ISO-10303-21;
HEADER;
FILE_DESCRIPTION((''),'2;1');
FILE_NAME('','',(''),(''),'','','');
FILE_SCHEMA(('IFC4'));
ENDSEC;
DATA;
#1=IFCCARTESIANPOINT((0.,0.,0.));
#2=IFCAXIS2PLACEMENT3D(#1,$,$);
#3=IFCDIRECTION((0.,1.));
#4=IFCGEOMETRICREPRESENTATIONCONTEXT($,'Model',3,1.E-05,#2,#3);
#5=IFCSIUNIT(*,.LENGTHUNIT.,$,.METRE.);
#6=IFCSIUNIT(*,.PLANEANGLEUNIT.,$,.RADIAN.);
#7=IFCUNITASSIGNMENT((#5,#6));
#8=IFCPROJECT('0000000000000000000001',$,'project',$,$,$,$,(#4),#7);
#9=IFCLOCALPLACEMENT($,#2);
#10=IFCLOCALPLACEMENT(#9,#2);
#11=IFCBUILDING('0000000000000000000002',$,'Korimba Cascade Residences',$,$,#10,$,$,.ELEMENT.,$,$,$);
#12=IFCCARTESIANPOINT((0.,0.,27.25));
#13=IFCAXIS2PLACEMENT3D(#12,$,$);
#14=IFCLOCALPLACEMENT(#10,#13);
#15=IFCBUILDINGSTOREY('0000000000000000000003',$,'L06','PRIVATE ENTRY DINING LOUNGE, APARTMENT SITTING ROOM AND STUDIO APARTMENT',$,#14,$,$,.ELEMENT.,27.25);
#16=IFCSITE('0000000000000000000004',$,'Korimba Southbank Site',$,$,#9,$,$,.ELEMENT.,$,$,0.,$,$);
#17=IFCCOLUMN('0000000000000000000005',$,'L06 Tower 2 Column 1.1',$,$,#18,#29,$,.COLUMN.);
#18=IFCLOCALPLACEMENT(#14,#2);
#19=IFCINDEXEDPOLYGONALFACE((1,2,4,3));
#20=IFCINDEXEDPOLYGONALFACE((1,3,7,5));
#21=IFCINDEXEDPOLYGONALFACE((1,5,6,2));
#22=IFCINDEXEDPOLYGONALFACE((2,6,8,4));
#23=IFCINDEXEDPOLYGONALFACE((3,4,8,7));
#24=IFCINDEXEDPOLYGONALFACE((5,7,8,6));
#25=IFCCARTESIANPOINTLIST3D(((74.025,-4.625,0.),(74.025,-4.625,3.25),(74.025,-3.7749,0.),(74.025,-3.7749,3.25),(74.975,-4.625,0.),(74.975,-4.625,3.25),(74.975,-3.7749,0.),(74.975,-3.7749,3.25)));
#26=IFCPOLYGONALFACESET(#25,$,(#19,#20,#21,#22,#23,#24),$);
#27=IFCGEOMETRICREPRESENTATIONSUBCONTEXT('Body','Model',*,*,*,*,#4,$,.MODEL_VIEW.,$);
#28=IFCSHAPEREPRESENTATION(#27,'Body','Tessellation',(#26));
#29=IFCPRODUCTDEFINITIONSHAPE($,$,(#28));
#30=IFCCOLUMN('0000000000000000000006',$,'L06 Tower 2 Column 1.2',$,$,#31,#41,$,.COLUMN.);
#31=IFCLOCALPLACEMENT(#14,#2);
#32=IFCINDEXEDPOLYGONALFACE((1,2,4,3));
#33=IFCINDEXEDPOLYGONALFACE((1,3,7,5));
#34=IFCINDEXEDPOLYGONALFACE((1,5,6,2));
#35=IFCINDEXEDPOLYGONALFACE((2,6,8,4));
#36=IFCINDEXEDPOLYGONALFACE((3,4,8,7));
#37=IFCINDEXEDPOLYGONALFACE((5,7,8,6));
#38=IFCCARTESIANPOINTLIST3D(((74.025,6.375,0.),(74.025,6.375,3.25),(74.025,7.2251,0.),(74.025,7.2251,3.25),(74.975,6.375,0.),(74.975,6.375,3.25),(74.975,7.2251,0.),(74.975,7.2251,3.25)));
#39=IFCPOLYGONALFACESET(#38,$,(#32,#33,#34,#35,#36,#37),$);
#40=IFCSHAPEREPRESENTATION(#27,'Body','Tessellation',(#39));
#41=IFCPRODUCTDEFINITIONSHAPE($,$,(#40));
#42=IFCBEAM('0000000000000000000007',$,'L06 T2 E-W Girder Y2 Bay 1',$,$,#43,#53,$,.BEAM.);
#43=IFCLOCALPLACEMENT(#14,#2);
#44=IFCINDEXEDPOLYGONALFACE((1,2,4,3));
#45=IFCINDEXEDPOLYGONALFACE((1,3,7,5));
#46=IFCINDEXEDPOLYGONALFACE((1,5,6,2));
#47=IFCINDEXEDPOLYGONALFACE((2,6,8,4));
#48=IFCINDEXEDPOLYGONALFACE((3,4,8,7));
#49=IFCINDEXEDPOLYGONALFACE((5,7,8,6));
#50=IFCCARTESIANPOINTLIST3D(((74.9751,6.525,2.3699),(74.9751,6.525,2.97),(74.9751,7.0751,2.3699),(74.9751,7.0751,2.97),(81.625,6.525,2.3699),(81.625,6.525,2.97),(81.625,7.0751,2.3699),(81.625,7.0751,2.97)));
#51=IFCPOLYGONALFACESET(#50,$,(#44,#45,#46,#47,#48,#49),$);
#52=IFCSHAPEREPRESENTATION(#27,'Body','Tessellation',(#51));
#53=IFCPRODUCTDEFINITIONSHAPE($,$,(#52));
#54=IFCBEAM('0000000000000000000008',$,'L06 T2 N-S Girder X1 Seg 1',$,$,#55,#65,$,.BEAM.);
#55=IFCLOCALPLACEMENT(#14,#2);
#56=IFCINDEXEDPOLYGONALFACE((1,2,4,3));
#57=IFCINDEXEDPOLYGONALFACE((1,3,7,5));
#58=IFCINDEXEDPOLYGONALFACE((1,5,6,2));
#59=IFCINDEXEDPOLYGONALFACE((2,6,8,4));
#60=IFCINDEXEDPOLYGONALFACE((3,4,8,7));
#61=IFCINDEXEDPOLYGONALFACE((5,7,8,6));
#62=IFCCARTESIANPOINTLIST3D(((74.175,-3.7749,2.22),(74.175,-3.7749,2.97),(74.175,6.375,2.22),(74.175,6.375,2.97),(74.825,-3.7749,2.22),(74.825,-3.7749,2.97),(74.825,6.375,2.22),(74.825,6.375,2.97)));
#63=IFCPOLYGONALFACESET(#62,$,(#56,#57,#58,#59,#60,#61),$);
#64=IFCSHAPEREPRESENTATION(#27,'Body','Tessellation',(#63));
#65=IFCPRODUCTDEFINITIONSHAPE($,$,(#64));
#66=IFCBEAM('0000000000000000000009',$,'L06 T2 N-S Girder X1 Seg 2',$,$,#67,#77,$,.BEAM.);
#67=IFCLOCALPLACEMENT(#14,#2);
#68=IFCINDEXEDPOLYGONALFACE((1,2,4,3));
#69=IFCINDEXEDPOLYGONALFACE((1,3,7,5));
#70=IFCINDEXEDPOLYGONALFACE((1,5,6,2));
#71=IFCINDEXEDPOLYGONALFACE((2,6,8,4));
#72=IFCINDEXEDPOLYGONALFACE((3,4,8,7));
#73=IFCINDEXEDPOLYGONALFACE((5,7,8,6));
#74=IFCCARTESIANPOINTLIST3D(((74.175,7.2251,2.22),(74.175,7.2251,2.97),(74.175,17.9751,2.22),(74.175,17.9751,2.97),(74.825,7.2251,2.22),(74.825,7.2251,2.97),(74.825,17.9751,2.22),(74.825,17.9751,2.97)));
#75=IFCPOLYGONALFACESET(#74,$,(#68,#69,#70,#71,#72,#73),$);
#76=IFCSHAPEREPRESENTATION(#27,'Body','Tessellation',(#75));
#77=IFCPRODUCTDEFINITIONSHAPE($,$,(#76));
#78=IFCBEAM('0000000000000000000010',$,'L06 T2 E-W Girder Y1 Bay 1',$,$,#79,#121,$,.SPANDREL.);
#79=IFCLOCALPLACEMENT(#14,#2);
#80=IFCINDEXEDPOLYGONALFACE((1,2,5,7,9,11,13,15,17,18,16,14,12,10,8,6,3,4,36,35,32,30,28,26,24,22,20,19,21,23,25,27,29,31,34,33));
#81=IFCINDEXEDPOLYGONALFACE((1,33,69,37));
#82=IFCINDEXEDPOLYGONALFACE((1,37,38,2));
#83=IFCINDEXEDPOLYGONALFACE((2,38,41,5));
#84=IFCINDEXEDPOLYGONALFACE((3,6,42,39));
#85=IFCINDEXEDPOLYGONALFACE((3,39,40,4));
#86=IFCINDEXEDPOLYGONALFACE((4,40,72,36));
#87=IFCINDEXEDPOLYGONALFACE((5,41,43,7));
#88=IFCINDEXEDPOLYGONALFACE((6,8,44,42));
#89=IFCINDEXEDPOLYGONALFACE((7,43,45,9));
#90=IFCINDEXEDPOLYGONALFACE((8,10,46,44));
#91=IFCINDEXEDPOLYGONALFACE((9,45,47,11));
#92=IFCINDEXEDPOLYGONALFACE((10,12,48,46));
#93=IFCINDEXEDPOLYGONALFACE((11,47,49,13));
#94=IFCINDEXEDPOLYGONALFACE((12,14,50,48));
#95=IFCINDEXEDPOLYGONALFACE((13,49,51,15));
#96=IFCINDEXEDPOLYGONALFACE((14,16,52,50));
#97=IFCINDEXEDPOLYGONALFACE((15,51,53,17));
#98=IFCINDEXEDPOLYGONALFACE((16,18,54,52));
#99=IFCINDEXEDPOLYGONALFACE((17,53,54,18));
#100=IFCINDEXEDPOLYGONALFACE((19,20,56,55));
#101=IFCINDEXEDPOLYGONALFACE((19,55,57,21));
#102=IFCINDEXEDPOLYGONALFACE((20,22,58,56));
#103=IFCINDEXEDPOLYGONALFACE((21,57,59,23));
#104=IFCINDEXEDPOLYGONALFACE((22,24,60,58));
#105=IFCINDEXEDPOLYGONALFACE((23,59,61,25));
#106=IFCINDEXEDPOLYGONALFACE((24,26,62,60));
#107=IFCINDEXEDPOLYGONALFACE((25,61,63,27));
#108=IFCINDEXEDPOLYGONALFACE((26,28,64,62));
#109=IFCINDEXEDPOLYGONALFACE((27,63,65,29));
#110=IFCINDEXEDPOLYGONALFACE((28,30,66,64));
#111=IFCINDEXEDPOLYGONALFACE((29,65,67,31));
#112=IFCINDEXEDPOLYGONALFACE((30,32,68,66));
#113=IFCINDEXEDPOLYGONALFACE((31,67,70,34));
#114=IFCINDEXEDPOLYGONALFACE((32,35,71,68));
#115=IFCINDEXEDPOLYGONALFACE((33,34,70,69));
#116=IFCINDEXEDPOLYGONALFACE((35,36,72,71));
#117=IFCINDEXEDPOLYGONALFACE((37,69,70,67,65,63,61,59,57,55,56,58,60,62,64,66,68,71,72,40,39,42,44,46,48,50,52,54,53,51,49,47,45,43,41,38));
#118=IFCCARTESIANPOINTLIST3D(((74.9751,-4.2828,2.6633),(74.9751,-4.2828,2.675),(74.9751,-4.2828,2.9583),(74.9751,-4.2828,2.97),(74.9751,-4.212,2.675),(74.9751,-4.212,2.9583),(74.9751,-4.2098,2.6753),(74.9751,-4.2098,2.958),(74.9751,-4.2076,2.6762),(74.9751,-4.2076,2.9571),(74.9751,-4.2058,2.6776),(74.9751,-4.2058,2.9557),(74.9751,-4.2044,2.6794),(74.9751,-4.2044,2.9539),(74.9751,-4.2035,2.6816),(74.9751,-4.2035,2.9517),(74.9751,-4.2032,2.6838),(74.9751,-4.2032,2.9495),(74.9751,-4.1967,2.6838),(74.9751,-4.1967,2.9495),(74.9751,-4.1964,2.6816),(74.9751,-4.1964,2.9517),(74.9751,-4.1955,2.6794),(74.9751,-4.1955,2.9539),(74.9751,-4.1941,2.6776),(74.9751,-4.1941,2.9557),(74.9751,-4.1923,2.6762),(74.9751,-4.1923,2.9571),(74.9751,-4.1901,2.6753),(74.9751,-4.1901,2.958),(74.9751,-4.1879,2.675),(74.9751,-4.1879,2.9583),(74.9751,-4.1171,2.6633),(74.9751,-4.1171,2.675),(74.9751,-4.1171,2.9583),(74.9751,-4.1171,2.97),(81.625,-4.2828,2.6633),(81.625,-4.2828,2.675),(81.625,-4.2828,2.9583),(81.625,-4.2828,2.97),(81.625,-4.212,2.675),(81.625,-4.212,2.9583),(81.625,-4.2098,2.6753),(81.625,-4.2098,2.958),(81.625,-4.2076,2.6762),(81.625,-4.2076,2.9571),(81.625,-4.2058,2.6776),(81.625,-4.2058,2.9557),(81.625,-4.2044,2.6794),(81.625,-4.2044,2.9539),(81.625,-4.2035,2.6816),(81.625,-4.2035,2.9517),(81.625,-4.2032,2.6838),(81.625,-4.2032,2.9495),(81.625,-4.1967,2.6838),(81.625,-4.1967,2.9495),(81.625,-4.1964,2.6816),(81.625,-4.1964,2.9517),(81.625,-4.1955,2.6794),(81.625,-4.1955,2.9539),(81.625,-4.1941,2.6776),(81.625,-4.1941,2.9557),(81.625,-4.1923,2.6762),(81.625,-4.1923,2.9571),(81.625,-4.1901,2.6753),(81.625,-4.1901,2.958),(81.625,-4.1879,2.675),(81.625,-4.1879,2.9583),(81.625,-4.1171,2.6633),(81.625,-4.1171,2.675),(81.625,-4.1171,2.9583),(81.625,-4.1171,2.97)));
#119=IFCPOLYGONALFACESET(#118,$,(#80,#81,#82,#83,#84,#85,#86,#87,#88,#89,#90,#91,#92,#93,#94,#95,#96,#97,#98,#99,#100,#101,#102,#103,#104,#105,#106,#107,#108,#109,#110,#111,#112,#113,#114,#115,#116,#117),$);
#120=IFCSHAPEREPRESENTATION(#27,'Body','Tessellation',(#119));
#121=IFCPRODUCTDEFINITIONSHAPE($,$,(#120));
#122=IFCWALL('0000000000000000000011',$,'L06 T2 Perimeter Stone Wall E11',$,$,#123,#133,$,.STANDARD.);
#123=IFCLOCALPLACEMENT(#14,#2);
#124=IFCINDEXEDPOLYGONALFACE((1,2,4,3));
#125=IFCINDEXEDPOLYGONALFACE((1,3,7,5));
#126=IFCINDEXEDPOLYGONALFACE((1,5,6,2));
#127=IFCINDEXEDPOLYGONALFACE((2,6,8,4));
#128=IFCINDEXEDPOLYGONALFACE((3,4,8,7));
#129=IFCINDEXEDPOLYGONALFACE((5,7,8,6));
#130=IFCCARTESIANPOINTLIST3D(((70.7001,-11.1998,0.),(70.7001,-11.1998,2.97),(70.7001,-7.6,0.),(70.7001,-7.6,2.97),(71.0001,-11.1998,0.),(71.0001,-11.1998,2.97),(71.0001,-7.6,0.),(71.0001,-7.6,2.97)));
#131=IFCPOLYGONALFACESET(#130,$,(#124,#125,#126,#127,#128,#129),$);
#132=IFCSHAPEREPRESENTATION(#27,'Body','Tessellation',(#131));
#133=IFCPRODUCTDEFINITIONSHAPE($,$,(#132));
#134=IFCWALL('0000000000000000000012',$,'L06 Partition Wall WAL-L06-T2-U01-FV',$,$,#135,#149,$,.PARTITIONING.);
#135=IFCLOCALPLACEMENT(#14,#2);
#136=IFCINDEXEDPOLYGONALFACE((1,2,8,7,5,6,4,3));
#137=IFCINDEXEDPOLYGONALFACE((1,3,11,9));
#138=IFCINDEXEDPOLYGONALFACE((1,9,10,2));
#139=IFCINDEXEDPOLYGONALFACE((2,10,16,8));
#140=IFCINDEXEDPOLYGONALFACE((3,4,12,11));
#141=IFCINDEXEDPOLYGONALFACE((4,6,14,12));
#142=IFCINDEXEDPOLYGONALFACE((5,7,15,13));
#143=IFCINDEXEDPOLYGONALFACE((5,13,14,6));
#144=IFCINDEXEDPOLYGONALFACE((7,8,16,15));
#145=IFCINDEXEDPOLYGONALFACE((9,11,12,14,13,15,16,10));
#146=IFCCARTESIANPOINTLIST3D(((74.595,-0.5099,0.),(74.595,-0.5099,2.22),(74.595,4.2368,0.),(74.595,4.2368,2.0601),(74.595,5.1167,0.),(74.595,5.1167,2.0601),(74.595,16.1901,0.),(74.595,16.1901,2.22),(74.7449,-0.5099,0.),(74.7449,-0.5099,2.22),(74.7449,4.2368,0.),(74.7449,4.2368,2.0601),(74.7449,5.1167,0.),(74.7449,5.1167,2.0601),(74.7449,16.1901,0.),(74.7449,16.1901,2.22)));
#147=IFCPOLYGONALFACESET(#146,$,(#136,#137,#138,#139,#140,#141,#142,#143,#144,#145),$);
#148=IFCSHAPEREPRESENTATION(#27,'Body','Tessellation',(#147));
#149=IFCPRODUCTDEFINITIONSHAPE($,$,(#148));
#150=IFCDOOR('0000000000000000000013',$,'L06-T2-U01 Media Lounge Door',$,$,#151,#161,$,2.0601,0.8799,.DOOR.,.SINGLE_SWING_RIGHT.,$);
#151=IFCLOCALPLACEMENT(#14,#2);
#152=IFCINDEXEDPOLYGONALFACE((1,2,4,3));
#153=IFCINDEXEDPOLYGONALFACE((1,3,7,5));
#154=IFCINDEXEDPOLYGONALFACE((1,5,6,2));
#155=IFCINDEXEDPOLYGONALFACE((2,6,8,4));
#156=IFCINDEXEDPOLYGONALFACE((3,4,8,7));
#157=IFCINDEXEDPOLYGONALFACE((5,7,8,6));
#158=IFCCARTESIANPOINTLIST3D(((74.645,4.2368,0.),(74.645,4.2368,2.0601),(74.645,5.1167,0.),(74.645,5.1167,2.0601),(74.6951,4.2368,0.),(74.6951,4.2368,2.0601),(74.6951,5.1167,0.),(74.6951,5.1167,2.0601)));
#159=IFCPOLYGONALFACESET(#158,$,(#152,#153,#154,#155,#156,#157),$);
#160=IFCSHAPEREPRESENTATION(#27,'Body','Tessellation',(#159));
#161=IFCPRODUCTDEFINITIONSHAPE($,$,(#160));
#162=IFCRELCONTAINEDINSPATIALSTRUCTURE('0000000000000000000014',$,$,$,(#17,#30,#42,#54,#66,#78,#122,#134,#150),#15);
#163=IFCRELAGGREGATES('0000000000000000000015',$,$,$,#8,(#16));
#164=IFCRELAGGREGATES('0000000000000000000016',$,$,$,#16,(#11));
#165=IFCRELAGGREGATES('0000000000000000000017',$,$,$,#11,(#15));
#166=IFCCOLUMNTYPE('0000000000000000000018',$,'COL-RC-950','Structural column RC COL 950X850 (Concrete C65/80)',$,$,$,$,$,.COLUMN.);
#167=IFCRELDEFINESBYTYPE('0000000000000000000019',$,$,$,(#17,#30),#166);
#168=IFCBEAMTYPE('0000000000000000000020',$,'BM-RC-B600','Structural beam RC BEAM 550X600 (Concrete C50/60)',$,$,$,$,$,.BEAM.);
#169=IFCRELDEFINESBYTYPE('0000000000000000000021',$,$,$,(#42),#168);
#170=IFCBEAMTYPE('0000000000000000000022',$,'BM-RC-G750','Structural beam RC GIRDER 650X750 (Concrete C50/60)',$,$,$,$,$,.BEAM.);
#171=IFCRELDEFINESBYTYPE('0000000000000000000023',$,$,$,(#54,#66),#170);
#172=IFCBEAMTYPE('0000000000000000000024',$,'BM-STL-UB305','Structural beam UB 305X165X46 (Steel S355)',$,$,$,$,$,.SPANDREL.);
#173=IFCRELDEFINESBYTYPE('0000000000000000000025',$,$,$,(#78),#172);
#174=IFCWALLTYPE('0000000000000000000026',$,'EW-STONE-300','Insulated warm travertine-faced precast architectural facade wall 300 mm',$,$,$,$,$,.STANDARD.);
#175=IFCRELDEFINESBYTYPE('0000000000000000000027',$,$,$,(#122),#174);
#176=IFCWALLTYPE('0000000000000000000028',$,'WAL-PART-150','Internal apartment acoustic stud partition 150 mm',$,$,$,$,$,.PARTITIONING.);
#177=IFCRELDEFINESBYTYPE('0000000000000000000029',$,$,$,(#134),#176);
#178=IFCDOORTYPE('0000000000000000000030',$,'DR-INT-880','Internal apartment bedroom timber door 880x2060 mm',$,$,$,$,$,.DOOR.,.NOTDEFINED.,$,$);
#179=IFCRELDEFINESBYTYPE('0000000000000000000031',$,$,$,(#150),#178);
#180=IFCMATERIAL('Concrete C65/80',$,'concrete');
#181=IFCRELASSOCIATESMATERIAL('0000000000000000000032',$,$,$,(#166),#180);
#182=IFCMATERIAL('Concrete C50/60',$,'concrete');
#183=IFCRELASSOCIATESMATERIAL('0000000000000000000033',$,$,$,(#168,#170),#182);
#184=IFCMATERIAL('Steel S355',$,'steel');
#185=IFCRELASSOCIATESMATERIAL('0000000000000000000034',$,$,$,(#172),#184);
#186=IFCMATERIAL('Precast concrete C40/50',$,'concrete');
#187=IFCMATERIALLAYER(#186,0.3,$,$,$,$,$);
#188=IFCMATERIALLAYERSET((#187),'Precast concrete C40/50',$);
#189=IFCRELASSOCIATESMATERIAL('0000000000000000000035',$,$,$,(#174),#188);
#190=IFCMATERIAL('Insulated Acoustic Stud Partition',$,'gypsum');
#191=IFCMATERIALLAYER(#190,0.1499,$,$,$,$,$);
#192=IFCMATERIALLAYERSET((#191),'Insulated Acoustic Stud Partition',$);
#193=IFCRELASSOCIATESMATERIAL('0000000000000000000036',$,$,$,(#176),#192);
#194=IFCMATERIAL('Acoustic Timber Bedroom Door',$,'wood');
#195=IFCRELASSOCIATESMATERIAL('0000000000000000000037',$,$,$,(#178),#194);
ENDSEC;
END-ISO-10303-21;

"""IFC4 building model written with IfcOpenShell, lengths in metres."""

from ifc_helpers import new_model, si_unit, direction, frame, frame_2d, origin, origin_2d, place, context, subcontext, project, spatial, rectangle, i_section, extrude, material, layer, layer_set, material_profile, profile_set, type_object, element, fill, save


model = new_model("IFC4")

# Units and contexts
model_context = context("Model", 3, precision=1e-05, world=origin(), true_north=direction((0.0, 1.0)))
body_context = subcontext(model_context, "Body", "Model", "MODEL_VIEW")
ifc_project = project(units=[si_unit("LENGTHUNIT", "METRE"), si_unit("PLANEANGLEUNIT", "RADIAN")], contexts=[model_context])

# Site, building, storey
site_placement = place(None, origin())
site = spatial("IfcSite", under=ifc_project, at=site_placement, Name="Korimba Southbank Site", CompositionType="ELEMENT", RefElevation=0.0)
building_placement = place(site_placement, origin())
building = spatial("IfcBuilding", under=site, at=building_placement, Name="Korimba Cascade Residences", CompositionType="ELEMENT")
storey_placement = place(building_placement, frame((0.0, 0.0, 27.25)))
storey = spatial("IfcBuildingStorey", under=building, at=storey_placement, Name="L06", Description="PRIVATE ENTRY DINING LOUNGE, APARTMENT SITTING ROOM AND STUDIO APARTMENT", CompositionType="ELEMENT", Elevation=27.25)

# Columns
ifc_material_1 = material(Name="Concrete C65/80", Category="concrete")
ifc_material_profile_1 = material_profile(ifc_material_1, rectangle(XDim=0.95, YDim=0.8501, at=origin_2d()), Name="Concrete C65/80")
ifc_profile_set_1 = profile_set([ifc_material_profile_1], Name="Concrete C65/80")
column_type = type_object("IfcColumnType", Name="COL-RC-950", Description="Structural column RC COL 950X850 (Concrete C65/80)", PredefinedType="COLUMN", material=ifc_profile_set_1)
for number, where, z_axis, x_axis, name in (
    (1, (74.5, -4.2, 0.0), (0.0, 0.0, 1.0), (1.0, 0.0, 0.0), "L06 Tower 2 Column 1.1"),
    (2, (74.5, 6.8, 0.0), (0.0, 0.0, 1.0), (1.0, 0.0, 0.0), "L06 Tower 2 Column 1.2"),
):
    element("IfcColumn", number, at=place(storey_placement, frame(where, z_axis=z_axis, x_axis=x_axis)), inside=storey, type_object=column_type, Name=name, PredefinedType="COLUMN", context=body_context, shape_type="SweptSolid", body=[
        extrude(rectangle(XDim=0.95, YDim=0.8501, at=origin_2d()), origin(), (0.0, 0.0, 1.0), 3.25),
    ])

# Beams
ifc_material_2 = material(Name="Concrete C50/60", Category="concrete")
ifc_material_profile_2 = material_profile(ifc_material_2, rectangle(XDim=0.55, YDim=0.6001, at=origin_2d()), Name="Concrete C50/60")
ifc_profile_set_2 = profile_set([ifc_material_profile_2], Name="Concrete C50/60")
beam_type_1 = type_object("IfcBeamType", Name="BM-RC-B600", Description="Structural beam RC BEAM 550X600 (Concrete C50/60)", PredefinedType="BEAM", material=ifc_profile_set_2)
beam_1_placement = place(storey_placement, frame((74.9751, 6.8, 2.6699), z_axis=(1.0, 0.0, 0.0), x_axis=(0.0, 1.0, 0.0)))
element("IfcBeam", 3, at=beam_1_placement, inside=storey, type_object=beam_type_1, Name="L06 T2 E-W Girder Y2 Bay 1", PredefinedType="BEAM", context=body_context, shape_type="SweptSolid", body=[
    extrude(rectangle(XDim=0.55, YDim=0.6001, at=origin_2d()), origin(), (0.0, 0.0, 1.0), 6.6499),
])
ifc_material_profile_3 = material_profile(ifc_material_2, rectangle(XDim=0.6499, YDim=0.75, at=origin_2d()), Name="Concrete C50/60")
ifc_profile_set_3 = profile_set([ifc_material_profile_3], Name="Concrete C50/60")
beam_type_2 = type_object("IfcBeamType", Name="BM-RC-G750", Description="Structural beam RC GIRDER 650X750 (Concrete C50/60)", PredefinedType="BEAM", material=ifc_profile_set_3)
beam_2_placement = place(storey_placement, frame((74.5, -3.7749, 2.595), z_axis=(0.0, 1.0, 0.0), x_axis=(-1.0, 0.0, 0.0)))
element("IfcBeam", 4, at=beam_2_placement, inside=storey, type_object=beam_type_2, Name="L06 T2 N-S Girder X1 Seg 1", PredefinedType="BEAM", context=body_context, shape_type="SweptSolid", body=[
    extrude(rectangle(XDim=0.6499, YDim=0.75, at=origin_2d()), origin(), (0.0, 0.0, 1.0), 10.1499),
])
beam_3_placement = place(storey_placement, frame((74.5, 7.2251, 2.595), z_axis=(0.0, 1.0, 0.0), x_axis=(-1.0, 0.0, 0.0)))
element("IfcBeam", 5, at=beam_3_placement, inside=storey, type_object=beam_type_2, Name="L06 T2 N-S Girder X1 Seg 2", PredefinedType="BEAM", context=body_context, shape_type="SweptSolid", body=[
    extrude(rectangle(XDim=0.6499, YDim=0.75, at=origin_2d()), origin(), (0.0, 0.0, 1.0), 10.75),
])
ifc_material_3 = material(Name="Steel S355", Category="steel")
ifc_material_profile_4 = material_profile(ifc_material_3, i_section(OverallWidth=0.1658, OverallDepth=0.3066, WebThickness=0.0066, FlangeThickness=0.0117, FilletRadius=0.0088, at=origin_2d()), Name="Steel S355")
ifc_profile_set_4 = profile_set([ifc_material_profile_4], Name="Steel S355")
beam_type_3 = type_object("IfcBeamType", Name="BM-STL-UB305", Description="Structural beam UB 305X165X46 (Steel S355)", PredefinedType="SPANDREL", material=ifc_profile_set_4)
beam_4_placement = place(storey_placement, frame((74.9751, -4.2, 2.8167), z_axis=(1.0, 0.0, 0.0), x_axis=(0.0, 1.0, 0.0)))
element("IfcBeam", 6, at=beam_4_placement, inside=storey, type_object=beam_type_3, Name="L06 T2 E-W Girder Y1 Bay 1", PredefinedType="SPANDREL", context=body_context, shape_type="SweptSolid", body=[
    extrude(i_section(OverallWidth=0.1658, OverallDepth=0.3066, WebThickness=0.0066, FlangeThickness=0.0117, FilletRadius=0.0088, at=origin_2d()), origin(), (0.0, 0.0, 1.0), 6.6499),
])

# Wall
ifc_material_4 = material(Name="Precast concrete C40/50", Category="concrete")
ifc_layer_1 = layer(ifc_material_4, 0.3)
ifc_layer_set_1 = layer_set([ifc_layer_1], Name="Precast concrete C40/50")
wall_type_1 = type_object("IfcWallType", Name="EW-STONE-300", Description="Insulated warm travertine-faced precast architectural facade wall 300 mm", PredefinedType="STANDARD", material=ifc_layer_set_1)
wall_1_placement = place(storey_placement, frame((70.8501, -7.6001, 0.0), z_axis=(0.0, 0.0, 1.0), x_axis=(0.0, -1.0, 0.0)))
element("IfcWall", 7, at=wall_1_placement, inside=storey, type_object=wall_type_1, Name="L06 T2 Perimeter Stone Wall E11", PredefinedType="STANDARD", context=body_context, shape_type="SweptSolid", body=[
    extrude(rectangle(XDim=3.5999, YDim=0.3, at=frame_2d((1.7998, 0.0))), origin(), (0.0, 0.0, 1.0), 2.97),
])

# Wall, opening, door
ifc_material_5 = material(Name="Insulated Acoustic Stud Partition", Category="gypsum")
ifc_layer_2 = layer(ifc_material_5, 0.1499)
ifc_layer_set_2 = layer_set([ifc_layer_2], Name="Insulated Acoustic Stud Partition")
wall_type_2 = type_object("IfcWallType", Name="WAL-PART-150", Description="Internal apartment acoustic stud partition 150 mm", PredefinedType="PARTITIONING", material=ifc_layer_set_2)
wall_2_placement = place(storey_placement, frame((74.6699, -0.51, 0.0), z_axis=(0.0, 0.0, 1.0), x_axis=(0.0, 1.0, 0.0)))
wall_2 = element("IfcWall", 8, at=wall_2_placement, inside=storey, type_object=wall_type_2, Name="L06 Partition Wall WAL-L06-T2-U01-FV", PredefinedType="PARTITIONING", context=body_context, shape_type="SweptSolid", body=[
    extrude(rectangle(XDim=16.7, YDim=0.1499, at=frame_2d((8.3501, 0.0))), origin(), (0.0, 0.0, 1.0), 2.22),
])
opening_1_placement = place(wall_2_placement, frame((4.7468, 0.0, 0.0)))
opening_1 = element("IfcOpeningElement", 9, at=opening_1_placement, cuts=wall_2, PredefinedType="OPENING", context=body_context, shape_type="SweptSolid", body=[
    extrude(rectangle(XDim=0.8799, YDim=2.0601, at=frame_2d((0.4399, 1.03))), frame((0.0, 0.085, 0.0), z_axis=(0.0, -1.0, 0.0), x_axis=(1.0, 0.0, 0.0)), (0.0, 0.0, 1.0), 0.1699),
])
ifc_material_6 = material(Name="Acoustic Timber Bedroom Door", Category="wood")
door_type_1 = type_object("IfcDoorType", Name="DR-INT-880", Description="Internal apartment bedroom timber door 880x2060 mm", OperationType="NOTDEFINED", PredefinedType="DOOR", material=ifc_material_6)
door_1_placement = place(opening_1_placement, origin())
door_1 = element("IfcDoor", 10, at=door_1_placement, inside=storey, type_object=door_type_1, Name="L06-T2-U01 Media Lounge Door", OperationType="SINGLE_SWING_RIGHT", OverallHeight=2.0601, OverallWidth=0.8799, PredefinedType="DOOR", context=body_context, shape_type="SweptSolid", body=[
    extrude(rectangle(XDim=0.8799, YDim=2.0601, at=frame_2d((0.4399, 1.03))), frame((0.0, 0.0249, 0.0), z_axis=(0.0, -1.0, 0.0), x_axis=(1.0, 0.0, 0.0)), (0.0, 0.0, 1.0), 0.05),
])
fill(opening_1, door_1)

save(model, "model.ifc")
